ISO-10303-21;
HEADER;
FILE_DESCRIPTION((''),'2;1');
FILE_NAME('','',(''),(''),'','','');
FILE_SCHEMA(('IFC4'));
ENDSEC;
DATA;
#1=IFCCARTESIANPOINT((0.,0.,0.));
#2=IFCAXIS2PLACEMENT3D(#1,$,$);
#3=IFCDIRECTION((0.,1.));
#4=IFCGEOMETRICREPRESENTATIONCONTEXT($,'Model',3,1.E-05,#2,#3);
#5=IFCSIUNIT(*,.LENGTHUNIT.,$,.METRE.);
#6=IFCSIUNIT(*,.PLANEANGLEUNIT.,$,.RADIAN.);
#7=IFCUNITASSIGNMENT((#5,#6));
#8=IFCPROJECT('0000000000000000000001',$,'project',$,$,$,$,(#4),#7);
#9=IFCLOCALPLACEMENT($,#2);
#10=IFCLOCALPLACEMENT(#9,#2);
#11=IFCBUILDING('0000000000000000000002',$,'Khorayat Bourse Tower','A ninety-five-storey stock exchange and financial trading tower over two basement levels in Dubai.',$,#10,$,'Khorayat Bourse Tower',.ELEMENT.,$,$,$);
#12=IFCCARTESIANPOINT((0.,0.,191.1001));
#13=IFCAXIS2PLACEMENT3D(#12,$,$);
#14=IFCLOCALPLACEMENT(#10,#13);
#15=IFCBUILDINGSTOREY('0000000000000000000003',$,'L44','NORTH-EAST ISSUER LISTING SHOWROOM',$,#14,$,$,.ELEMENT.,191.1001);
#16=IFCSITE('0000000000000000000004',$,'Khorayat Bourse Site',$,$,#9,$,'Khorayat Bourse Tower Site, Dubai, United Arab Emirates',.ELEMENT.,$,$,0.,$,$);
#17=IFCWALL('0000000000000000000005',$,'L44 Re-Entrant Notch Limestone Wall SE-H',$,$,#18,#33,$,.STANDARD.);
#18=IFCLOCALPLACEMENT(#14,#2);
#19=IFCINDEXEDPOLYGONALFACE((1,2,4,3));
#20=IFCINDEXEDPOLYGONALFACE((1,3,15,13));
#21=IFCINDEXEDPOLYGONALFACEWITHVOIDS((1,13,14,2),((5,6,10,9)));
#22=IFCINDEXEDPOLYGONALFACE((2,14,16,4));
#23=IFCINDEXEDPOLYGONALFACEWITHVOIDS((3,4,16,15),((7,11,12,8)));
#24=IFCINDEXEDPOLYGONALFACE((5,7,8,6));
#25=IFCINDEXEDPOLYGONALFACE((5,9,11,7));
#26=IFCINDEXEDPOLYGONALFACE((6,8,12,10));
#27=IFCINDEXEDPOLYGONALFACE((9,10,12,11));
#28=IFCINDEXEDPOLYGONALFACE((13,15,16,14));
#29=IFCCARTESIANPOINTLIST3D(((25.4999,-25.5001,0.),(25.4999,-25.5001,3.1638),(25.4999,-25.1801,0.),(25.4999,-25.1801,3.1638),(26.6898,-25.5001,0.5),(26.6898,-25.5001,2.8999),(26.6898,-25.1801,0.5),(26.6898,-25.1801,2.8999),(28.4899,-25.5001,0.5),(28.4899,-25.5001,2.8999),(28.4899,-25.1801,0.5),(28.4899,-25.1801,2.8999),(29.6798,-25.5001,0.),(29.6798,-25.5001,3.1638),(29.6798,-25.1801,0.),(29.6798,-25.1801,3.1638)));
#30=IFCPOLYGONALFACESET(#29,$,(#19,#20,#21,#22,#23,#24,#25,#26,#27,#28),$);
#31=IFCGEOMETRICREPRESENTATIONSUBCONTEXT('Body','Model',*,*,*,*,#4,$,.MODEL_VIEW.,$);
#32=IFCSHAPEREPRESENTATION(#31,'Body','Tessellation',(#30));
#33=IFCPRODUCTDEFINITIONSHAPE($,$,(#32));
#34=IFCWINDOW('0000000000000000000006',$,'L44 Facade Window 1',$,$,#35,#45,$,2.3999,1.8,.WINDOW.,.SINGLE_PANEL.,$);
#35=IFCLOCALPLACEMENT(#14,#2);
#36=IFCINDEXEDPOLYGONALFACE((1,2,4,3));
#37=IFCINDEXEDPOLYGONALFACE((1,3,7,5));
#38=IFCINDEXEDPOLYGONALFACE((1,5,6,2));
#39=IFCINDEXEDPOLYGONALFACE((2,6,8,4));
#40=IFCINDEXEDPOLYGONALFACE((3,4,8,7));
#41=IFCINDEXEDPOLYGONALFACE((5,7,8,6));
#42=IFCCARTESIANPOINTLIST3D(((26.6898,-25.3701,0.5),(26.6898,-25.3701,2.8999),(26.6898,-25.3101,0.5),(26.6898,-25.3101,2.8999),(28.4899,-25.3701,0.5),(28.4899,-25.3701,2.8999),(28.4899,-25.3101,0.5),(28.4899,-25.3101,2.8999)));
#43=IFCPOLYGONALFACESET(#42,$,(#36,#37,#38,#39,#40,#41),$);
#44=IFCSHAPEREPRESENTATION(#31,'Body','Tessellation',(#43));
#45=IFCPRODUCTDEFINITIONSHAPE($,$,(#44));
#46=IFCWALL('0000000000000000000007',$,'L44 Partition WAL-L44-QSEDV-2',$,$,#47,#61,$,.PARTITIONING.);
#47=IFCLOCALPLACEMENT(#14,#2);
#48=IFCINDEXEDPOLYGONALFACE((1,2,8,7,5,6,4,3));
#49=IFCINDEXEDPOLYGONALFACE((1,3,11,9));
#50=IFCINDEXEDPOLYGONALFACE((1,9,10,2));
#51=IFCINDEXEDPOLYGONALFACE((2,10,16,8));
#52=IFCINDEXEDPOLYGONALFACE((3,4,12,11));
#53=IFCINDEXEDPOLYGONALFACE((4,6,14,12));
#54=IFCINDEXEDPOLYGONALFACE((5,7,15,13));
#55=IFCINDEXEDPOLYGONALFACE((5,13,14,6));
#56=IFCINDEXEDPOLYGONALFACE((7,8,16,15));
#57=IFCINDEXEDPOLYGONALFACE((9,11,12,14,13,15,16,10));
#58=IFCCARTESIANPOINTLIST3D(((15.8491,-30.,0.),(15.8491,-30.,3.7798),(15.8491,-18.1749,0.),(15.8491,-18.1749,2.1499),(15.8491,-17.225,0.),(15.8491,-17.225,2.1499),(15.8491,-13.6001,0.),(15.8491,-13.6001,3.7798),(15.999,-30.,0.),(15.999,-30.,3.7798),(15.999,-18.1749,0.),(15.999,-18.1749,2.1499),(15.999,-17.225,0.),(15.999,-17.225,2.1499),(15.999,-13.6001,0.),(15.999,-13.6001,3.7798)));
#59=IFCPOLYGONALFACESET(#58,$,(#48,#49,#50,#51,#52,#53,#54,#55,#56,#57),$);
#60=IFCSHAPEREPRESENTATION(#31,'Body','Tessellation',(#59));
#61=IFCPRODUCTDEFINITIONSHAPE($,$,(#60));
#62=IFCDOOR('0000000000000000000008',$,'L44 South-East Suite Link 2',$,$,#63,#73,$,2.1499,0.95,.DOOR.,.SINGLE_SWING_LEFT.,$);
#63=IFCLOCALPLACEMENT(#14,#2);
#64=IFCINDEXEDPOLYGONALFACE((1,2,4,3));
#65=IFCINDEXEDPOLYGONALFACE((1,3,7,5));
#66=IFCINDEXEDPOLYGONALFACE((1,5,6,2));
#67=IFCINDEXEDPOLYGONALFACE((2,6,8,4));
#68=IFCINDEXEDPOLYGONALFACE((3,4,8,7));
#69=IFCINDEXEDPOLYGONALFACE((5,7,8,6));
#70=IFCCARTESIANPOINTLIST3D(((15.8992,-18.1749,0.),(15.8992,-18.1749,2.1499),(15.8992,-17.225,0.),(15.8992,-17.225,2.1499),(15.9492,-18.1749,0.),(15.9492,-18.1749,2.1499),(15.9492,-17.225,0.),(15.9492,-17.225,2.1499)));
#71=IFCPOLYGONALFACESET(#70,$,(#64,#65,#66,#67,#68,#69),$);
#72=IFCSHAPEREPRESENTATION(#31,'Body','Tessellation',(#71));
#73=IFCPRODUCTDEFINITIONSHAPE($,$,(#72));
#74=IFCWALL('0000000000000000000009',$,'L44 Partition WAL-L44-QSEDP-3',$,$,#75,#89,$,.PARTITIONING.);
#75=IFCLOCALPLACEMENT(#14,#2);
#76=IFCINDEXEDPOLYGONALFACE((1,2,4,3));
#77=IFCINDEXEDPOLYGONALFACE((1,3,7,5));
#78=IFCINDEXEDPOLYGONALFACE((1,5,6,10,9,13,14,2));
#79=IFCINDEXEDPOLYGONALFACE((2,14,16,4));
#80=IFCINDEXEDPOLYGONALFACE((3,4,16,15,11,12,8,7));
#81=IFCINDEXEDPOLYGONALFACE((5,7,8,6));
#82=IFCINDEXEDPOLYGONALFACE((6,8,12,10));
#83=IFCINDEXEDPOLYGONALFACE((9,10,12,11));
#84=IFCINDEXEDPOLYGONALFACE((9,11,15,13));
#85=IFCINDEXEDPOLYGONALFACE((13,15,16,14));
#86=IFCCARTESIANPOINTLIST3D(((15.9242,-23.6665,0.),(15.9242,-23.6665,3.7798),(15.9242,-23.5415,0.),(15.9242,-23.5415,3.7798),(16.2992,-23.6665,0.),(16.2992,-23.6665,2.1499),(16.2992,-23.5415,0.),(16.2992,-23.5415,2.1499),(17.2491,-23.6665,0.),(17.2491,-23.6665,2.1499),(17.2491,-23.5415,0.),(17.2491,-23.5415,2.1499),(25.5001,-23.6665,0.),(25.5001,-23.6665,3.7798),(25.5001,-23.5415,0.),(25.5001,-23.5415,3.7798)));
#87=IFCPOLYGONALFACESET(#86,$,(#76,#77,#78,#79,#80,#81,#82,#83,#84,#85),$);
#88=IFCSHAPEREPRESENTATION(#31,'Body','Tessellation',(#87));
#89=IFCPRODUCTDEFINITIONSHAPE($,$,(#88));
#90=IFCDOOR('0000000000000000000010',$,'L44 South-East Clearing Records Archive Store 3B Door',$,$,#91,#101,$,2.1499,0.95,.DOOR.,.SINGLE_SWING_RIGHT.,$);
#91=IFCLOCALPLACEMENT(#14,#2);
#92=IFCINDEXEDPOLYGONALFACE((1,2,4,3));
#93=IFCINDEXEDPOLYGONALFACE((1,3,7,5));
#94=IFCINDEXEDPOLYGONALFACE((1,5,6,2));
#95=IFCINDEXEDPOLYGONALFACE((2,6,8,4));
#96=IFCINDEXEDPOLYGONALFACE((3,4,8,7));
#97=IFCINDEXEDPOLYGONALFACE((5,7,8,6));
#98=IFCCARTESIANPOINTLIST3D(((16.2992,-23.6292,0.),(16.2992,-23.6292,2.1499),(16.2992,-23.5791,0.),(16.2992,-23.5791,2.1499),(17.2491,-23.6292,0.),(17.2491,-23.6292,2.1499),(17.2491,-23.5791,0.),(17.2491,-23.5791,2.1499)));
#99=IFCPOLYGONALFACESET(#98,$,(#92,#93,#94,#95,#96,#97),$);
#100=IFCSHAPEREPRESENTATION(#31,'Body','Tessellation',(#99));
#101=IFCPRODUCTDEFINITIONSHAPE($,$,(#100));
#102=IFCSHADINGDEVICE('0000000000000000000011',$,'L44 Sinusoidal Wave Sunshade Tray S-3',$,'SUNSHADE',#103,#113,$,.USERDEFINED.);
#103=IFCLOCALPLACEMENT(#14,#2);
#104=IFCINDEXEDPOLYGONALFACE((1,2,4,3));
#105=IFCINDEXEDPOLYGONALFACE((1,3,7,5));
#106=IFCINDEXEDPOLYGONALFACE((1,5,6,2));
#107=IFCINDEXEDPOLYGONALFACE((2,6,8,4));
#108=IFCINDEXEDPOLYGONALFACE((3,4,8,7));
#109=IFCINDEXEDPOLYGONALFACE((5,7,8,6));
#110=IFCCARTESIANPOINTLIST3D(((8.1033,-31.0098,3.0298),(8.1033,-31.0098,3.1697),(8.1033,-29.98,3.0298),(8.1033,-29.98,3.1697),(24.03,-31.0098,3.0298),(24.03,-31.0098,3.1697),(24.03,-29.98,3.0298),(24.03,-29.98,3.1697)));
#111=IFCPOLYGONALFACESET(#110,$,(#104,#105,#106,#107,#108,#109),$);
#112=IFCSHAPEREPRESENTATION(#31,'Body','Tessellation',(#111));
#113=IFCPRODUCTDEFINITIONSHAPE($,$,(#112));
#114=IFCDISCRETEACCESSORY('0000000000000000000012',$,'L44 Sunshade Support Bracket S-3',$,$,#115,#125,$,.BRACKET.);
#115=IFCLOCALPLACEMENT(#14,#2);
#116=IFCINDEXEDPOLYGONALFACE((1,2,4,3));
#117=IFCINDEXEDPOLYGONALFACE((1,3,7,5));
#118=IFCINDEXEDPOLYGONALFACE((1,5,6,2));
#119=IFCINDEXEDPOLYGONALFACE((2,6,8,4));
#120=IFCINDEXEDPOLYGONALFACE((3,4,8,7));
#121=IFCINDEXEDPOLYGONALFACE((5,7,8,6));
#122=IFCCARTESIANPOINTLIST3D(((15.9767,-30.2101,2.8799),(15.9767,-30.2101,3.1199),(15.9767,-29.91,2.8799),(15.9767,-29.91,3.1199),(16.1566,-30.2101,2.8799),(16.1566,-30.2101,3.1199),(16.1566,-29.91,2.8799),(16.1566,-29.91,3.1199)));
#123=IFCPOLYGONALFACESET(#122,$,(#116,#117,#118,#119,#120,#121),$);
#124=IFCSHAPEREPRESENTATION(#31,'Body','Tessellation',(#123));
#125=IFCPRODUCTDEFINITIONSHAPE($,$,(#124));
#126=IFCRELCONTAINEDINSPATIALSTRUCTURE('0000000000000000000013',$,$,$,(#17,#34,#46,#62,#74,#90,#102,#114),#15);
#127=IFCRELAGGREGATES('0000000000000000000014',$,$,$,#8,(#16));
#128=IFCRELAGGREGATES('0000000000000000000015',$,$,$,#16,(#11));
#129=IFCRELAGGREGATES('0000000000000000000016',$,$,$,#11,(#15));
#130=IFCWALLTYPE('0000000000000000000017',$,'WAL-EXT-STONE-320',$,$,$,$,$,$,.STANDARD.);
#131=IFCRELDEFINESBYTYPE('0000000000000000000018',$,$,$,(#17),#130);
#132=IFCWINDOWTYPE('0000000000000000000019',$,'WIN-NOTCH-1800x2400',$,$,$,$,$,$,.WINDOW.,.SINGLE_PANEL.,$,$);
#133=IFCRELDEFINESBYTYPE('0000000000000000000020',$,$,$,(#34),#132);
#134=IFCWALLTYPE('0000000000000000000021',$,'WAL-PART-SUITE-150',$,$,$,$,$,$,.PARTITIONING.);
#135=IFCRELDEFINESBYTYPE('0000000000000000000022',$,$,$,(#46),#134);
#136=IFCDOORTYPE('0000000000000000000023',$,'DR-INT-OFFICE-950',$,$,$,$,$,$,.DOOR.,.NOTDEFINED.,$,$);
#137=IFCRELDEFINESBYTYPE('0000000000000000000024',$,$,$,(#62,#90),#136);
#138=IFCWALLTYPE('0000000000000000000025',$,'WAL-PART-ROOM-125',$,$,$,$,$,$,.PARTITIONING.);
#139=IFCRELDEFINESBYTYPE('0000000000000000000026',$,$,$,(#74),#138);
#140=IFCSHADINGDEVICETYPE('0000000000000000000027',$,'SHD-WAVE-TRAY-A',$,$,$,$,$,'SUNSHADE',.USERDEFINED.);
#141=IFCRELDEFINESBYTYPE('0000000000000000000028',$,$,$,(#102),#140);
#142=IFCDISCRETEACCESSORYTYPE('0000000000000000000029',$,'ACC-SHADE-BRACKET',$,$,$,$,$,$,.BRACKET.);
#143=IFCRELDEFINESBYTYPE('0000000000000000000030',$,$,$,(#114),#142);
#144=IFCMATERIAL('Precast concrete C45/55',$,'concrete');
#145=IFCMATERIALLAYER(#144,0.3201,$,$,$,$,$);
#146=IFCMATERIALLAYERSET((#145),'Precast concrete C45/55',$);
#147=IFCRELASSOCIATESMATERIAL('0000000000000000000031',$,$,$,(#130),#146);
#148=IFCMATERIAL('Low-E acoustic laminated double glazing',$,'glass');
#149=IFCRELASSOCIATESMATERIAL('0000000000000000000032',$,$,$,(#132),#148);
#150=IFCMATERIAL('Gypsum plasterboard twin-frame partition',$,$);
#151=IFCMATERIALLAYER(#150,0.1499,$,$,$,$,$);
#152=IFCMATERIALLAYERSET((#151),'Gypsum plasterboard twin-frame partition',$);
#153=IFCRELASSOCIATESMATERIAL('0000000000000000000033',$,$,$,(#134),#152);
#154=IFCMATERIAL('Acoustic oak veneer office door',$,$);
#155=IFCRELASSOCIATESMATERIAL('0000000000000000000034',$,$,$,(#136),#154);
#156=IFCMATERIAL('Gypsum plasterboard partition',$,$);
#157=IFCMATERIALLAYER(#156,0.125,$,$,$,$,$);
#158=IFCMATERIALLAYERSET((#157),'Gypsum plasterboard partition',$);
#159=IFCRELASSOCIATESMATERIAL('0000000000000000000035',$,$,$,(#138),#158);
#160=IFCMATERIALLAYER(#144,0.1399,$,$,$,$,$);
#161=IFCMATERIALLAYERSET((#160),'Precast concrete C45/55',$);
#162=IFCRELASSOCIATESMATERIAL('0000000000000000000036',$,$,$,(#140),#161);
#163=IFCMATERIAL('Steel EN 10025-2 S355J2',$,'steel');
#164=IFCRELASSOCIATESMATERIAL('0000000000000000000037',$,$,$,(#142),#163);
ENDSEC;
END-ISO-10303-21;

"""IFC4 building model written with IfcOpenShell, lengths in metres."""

from ifc_helpers import new_model, si_unit, direction, frame, frame_2d, origin, origin_2d, place, context, subcontext, project, spatial, rectangle, extrude, source, transform, mapped, material, layer, layer_set, type_object, element, fill, save


model = new_model("IFC4")

# Units and contexts
model_context = context("Model", 3, precision=1e-05, world=origin(), true_north=direction((0.0, 1.0)))
body_context = subcontext(model_context, "Body", "Model", "MODEL_VIEW")
ifc_project = project(units=[si_unit("LENGTHUNIT", "METRE"), si_unit("PLANEANGLEUNIT", "RADIAN")], contexts=[model_context])

# Site, building, storey
site_placement = place(None, origin())
site = spatial("IfcSite", under=ifc_project, at=site_placement, Name="Khorayat Bourse Site", LongName="Khorayat Bourse Tower Site, Dubai, United Arab Emirates", CompositionType="ELEMENT", RefElevation=0.0)
building_placement = place(site_placement, origin())
building = spatial("IfcBuilding", under=site, at=building_placement, Name="Khorayat Bourse Tower", Description="A ninety-five-storey stock exchange and financial trading tower over two basement levels in Dubai.", LongName="Khorayat Bourse Tower", CompositionType="ELEMENT")
storey_placement = place(building_placement, frame((0.0, 0.0, 191.1001)))
storey = spatial("IfcBuildingStorey", under=building, at=storey_placement, Name="L44", Description="NORTH-EAST ISSUER LISTING SHOWROOM", CompositionType="ELEMENT", Elevation=191.1001)

# Wall, opening, window
ifc_material_1 = material(Name="Precast concrete C45/55", Category="concrete")
ifc_layer_1 = layer(ifc_material_1, 0.3201)
ifc_layer_set_1 = layer_set([ifc_layer_1], Name="Precast concrete C45/55")
wall_type_1 = type_object("IfcWallType", Name="WAL-EXT-STONE-320", PredefinedType="STANDARD", material=ifc_layer_set_1)
shared_shape_1 = source(origin(), body_context, "Body", "SweptSolid", [
    extrude(rectangle(XDim=4.1799, YDim=0.3201, at=frame_2d((2.0898, 0.0))), origin(), (0.0, 0.0, 1.0), 3.1638),
])
shared_shape_2 = source(origin(), body_context, "Body", "SweptSolid", [
    extrude(rectangle(XDim=1.8, YDim=2.3999, at=frame_2d((0.8999, 1.2))), frame((0.0, 0.1699, 0.0), z_axis=(0.0, -1.0, 0.0), x_axis=(1.0, 0.0, 0.0)), (0.0, 0.0, 1.0), 0.3401),
])
ifc_material_2 = material(Name="Low-E acoustic laminated double glazing", Category="glass")
window_type = type_object("IfcWindowType", Name="WIN-NOTCH-1800x2400", PartitioningType="SINGLE_PANEL", PredefinedType="WINDOW", material=ifc_material_2)
shared_shape_3 = source(origin(), body_context, "Body", "SweptSolid", [
    extrude(rectangle(XDim=1.8, YDim=2.3999, at=frame_2d((0.8999, 1.2))), frame((0.0, 0.03, 0.0), z_axis=(0.0, -1.0, 0.0), x_axis=(1.0, 0.0, 0.0)), (0.0, 0.0, 1.0), 0.0601),
])
wall_1_placement = place(storey_placement, frame((25.5, -25.3401, 0.0), z_axis=(0.0, 0.0, 1.0), x_axis=(1.0, 0.0, 0.0)))
wall_1 = element("IfcWall", 1, at=wall_1_placement, inside=storey, type_object=wall_type_1, Name="L44 Re-Entrant Notch Limestone Wall SE-H", PredefinedType="STANDARD", context=body_context, shape_type="MappedRepresentation", body=[
    mapped(shared_shape_1, transform((0.0, 0.0, 0.0), scale=1.0)),
])
opening_1_placement = place(wall_1_placement, frame((1.1899, 0.0, 0.5)))
opening_1 = element("IfcOpeningElement", 2, at=opening_1_placement, cuts=wall_1, PredefinedType="OPENING", context=body_context, shape_type="MappedRepresentation", body=[
    mapped(shared_shape_2, transform((0.0, 0.0, 0.0), scale=1.0)),
])
window_1_placement = place(opening_1_placement, origin())
window_1 = element("IfcWindow", 3, at=window_1_placement, inside=storey, type_object=window_type, Name="L44 Facade Window 1", OverallHeight=2.3999, OverallWidth=1.8, PartitioningType="SINGLE_PANEL", PredefinedType="WINDOW", context=body_context, shape_type="MappedRepresentation", body=[
    mapped(shared_shape_3, transform((0.0, 0.0, 0.0), scale=1.0)),
])
fill(opening_1, window_1)

# Walls, openings, doors
ifc_material_3 = material(Name="Gypsum plasterboard twin-frame partition")
ifc_layer_2 = layer(ifc_material_3, 0.1499)
ifc_layer_set_2 = layer_set([ifc_layer_2], Name="Gypsum plasterboard twin-frame partition")
wall_type_2 = type_object("IfcWallType", Name="WAL-PART-SUITE-150", PredefinedType="PARTITIONING", material=ifc_layer_set_2)
shared_shape_4 = source(origin(), body_context, "Body", "SweptSolid", [
    extrude(rectangle(XDim=16.3999, YDim=0.1499, at=frame_2d((8.2, 0.0))), origin(), (0.0, 0.0, 1.0), 3.7798),
])
wall_2_placement = place(storey_placement, frame((15.9241, -30.0, 0.0), z_axis=(0.0, 0.0, 1.0), x_axis=(0.0, 1.0, 0.0)))
wall_2 = element("IfcWall", 4, at=wall_2_placement, inside=storey, type_object=wall_type_2, Name="L44 Partition WAL-L44-QSEDV-2", PredefinedType="PARTITIONING", context=body_context, shape_type="MappedRepresentation", body=[
    mapped(shared_shape_4, transform((0.0, 0.0, 0.0), scale=1.0)),
])
shared_shape_5 = source(origin(), body_context, "Body", "SweptSolid", [
    extrude(rectangle(XDim=0.95, YDim=2.1499, at=frame_2d((0.4751, 1.075))), frame((0.0, 0.085, 0.0), z_axis=(0.0, -1.0, 0.0), x_axis=(1.0, 0.0, 0.0)), (0.0, 0.0, 1.0), 0.1699),
])
opening_2_placement = place(wall_2_placement, frame((11.825, 0.0, 0.0)))
opening_2 = element("IfcOpeningElement", 5, at=opening_2_placement, cuts=wall_2, PredefinedType="OPENING", context=body_context, shape_type="MappedRepresentation", body=[
    mapped(shared_shape_5, transform((0.0, 0.0, 0.0), scale=1.0)),
])
ifc_material_4 = material(Name="Acoustic oak veneer office door")
door_type = type_object("IfcDoorType", Name="DR-INT-OFFICE-950", OperationType="NOTDEFINED", PredefinedType="DOOR", material=ifc_material_4)
shared_shape_6 = source(origin(), body_context, "Body", "SweptSolid", [
    extrude(rectangle(XDim=0.95, YDim=2.1499, at=frame_2d((0.4751, 1.075))), frame((0.0, 0.0249, 0.0), z_axis=(0.0, -1.0, 0.0), x_axis=(1.0, 0.0, 0.0)), (0.0, 0.0, 1.0), 0.05),
])
door_1_placement = place(opening_2_placement, origin())
door_1 = element("IfcDoor", 6, at=door_1_placement, inside=storey, type_object=door_type, Name="L44 South-East Suite Link 2", OperationType="SINGLE_SWING_LEFT", OverallHeight=2.1499, OverallWidth=0.95, PredefinedType="DOOR", context=body_context, shape_type="MappedRepresentation", body=[
    mapped(shared_shape_6, transform((0.0, 0.0, 0.0), scale=1.0)),
])
fill(opening_2, door_1)
ifc_material_5 = material(Name="Gypsum plasterboard partition")
ifc_layer_3 = layer(ifc_material_5, 0.125)
ifc_layer_set_3 = layer_set([ifc_layer_3], Name="Gypsum plasterboard partition")
wall_type_3 = type_object("IfcWallType", Name="WAL-PART-ROOM-125", PredefinedType="PARTITIONING", material=ifc_layer_set_3)
shared_shape_7 = source(origin(), body_context, "Body", "SweptSolid", [
    extrude(rectangle(XDim=9.5759, YDim=0.125, at=frame_2d((4.7881, 0.0))), origin(), (0.0, 0.0, 1.0), 3.7798),
])
wall_3_placement = place(storey_placement, frame((15.9241, -23.604, 0.0), z_axis=(0.0, 0.0, 1.0), x_axis=(1.0, 0.0, 0.0)))
wall_3 = element("IfcWall", 7, at=wall_3_placement, inside=storey, type_object=wall_type_3, Name="L44 Partition WAL-L44-QSEDP-3", PredefinedType="PARTITIONING", context=body_context, shape_type="MappedRepresentation", body=[
    mapped(shared_shape_7, transform((0.0, 0.0, 0.0), scale=1.0)),
])
shared_shape_8 = source(origin(), body_context, "Body", "SweptSolid", [
    extrude(rectangle(XDim=0.95, YDim=2.1499, at=frame_2d((0.4751, 1.075))), frame((0.0, 0.0725, 0.0), z_axis=(0.0, -1.0, 0.0), x_axis=(1.0, 0.0, 0.0)), (0.0, 0.0, 1.0), 0.145),
])
opening_3_placement = place(wall_3_placement, frame((0.375, 0.0, 0.0)))
opening_3 = element("IfcOpeningElement", 8, at=opening_3_placement, cuts=wall_3, PredefinedType="OPENING", context=body_context, shape_type="MappedRepresentation", body=[
    mapped(shared_shape_8, transform((0.0, 0.0, 0.0), scale=1.0)),
])
door_2_placement = place(opening_3_placement, origin())
door_2 = element("IfcDoor", 9, at=door_2_placement, inside=storey, type_object=door_type, Name="L44 South-East Clearing Records Archive Store 3B Door", OperationType="SINGLE_SWING_RIGHT", OverallHeight=2.1499, OverallWidth=0.95, PredefinedType="DOOR", context=body_context, shape_type="MappedRepresentation", body=[
    mapped(shared_shape_6, transform((0.0, 0.0, 0.0), scale=1.0)),
])
fill(opening_3, door_2)

# Shading device
ifc_layer_4 = layer(ifc_material_1, 0.1399)
ifc_layer_set_4 = layer_set([ifc_layer_4], Name="Precast concrete C45/55")
shading_device_type = type_object("IfcShadingDeviceType", Name="SHD-WAVE-TRAY-A", ElementType="SUNSHADE", PredefinedType="USERDEFINED", material=ifc_layer_set_4)
shared_shape_9 = source(origin(), body_context, "Body", "SweptSolid", [
    extrude(rectangle(XDim=15.9268, YDim=1.0298, at=origin_2d()), origin(), (0.0, 0.0, 1.0), 0.1399),
])
shading_device_placement = place(storey_placement, frame((16.0667, -30.4949, 3.0298), z_axis=(0.0, 0.0, 1.0), x_axis=(1.0, 0.0, 0.0)))
element("IfcShadingDevice", 10, at=shading_device_placement, inside=storey, type_object=shading_device_type, Name="L44 Sinusoidal Wave Sunshade Tray S-3", ObjectType="SUNSHADE", PredefinedType="USERDEFINED", context=body_context, shape_type="MappedRepresentation", body=[
    mapped(shared_shape_9, transform((0.0, 0.0, 0.0), scale=1.0)),
])

# Discrete accessory
ifc_material_6 = material(Name="Steel EN 10025-2 S355J2", Category="steel")
discrete_accessory_type = type_object("IfcDiscreteAccessoryType", Name="ACC-SHADE-BRACKET", PredefinedType="BRACKET", material=ifc_material_6)
shared_shape_10 = source(origin(), body_context, "Body", "SweptSolid", [
    extrude(rectangle(XDim=0.1799, YDim=0.3, at=origin_2d()), origin(), (0.0, 0.0, 1.0), 0.24),
])
discrete_accessory_placement = place(storey_placement, frame((16.0667, -30.0601, 2.8799), z_axis=(0.0, 0.0, 1.0), x_axis=(1.0, 0.0, 0.0)))
element("IfcDiscreteAccessory", 11, at=discrete_accessory_placement, inside=storey, type_object=discrete_accessory_type, Name="L44 Sunshade Support Bracket S-3", PredefinedType="BRACKET", context=body_context, shape_type="MappedRepresentation", body=[
    mapped(shared_shape_10, transform((0.0, 0.0, 0.0), scale=1.0)),
])

save(model, "model.ifc")
